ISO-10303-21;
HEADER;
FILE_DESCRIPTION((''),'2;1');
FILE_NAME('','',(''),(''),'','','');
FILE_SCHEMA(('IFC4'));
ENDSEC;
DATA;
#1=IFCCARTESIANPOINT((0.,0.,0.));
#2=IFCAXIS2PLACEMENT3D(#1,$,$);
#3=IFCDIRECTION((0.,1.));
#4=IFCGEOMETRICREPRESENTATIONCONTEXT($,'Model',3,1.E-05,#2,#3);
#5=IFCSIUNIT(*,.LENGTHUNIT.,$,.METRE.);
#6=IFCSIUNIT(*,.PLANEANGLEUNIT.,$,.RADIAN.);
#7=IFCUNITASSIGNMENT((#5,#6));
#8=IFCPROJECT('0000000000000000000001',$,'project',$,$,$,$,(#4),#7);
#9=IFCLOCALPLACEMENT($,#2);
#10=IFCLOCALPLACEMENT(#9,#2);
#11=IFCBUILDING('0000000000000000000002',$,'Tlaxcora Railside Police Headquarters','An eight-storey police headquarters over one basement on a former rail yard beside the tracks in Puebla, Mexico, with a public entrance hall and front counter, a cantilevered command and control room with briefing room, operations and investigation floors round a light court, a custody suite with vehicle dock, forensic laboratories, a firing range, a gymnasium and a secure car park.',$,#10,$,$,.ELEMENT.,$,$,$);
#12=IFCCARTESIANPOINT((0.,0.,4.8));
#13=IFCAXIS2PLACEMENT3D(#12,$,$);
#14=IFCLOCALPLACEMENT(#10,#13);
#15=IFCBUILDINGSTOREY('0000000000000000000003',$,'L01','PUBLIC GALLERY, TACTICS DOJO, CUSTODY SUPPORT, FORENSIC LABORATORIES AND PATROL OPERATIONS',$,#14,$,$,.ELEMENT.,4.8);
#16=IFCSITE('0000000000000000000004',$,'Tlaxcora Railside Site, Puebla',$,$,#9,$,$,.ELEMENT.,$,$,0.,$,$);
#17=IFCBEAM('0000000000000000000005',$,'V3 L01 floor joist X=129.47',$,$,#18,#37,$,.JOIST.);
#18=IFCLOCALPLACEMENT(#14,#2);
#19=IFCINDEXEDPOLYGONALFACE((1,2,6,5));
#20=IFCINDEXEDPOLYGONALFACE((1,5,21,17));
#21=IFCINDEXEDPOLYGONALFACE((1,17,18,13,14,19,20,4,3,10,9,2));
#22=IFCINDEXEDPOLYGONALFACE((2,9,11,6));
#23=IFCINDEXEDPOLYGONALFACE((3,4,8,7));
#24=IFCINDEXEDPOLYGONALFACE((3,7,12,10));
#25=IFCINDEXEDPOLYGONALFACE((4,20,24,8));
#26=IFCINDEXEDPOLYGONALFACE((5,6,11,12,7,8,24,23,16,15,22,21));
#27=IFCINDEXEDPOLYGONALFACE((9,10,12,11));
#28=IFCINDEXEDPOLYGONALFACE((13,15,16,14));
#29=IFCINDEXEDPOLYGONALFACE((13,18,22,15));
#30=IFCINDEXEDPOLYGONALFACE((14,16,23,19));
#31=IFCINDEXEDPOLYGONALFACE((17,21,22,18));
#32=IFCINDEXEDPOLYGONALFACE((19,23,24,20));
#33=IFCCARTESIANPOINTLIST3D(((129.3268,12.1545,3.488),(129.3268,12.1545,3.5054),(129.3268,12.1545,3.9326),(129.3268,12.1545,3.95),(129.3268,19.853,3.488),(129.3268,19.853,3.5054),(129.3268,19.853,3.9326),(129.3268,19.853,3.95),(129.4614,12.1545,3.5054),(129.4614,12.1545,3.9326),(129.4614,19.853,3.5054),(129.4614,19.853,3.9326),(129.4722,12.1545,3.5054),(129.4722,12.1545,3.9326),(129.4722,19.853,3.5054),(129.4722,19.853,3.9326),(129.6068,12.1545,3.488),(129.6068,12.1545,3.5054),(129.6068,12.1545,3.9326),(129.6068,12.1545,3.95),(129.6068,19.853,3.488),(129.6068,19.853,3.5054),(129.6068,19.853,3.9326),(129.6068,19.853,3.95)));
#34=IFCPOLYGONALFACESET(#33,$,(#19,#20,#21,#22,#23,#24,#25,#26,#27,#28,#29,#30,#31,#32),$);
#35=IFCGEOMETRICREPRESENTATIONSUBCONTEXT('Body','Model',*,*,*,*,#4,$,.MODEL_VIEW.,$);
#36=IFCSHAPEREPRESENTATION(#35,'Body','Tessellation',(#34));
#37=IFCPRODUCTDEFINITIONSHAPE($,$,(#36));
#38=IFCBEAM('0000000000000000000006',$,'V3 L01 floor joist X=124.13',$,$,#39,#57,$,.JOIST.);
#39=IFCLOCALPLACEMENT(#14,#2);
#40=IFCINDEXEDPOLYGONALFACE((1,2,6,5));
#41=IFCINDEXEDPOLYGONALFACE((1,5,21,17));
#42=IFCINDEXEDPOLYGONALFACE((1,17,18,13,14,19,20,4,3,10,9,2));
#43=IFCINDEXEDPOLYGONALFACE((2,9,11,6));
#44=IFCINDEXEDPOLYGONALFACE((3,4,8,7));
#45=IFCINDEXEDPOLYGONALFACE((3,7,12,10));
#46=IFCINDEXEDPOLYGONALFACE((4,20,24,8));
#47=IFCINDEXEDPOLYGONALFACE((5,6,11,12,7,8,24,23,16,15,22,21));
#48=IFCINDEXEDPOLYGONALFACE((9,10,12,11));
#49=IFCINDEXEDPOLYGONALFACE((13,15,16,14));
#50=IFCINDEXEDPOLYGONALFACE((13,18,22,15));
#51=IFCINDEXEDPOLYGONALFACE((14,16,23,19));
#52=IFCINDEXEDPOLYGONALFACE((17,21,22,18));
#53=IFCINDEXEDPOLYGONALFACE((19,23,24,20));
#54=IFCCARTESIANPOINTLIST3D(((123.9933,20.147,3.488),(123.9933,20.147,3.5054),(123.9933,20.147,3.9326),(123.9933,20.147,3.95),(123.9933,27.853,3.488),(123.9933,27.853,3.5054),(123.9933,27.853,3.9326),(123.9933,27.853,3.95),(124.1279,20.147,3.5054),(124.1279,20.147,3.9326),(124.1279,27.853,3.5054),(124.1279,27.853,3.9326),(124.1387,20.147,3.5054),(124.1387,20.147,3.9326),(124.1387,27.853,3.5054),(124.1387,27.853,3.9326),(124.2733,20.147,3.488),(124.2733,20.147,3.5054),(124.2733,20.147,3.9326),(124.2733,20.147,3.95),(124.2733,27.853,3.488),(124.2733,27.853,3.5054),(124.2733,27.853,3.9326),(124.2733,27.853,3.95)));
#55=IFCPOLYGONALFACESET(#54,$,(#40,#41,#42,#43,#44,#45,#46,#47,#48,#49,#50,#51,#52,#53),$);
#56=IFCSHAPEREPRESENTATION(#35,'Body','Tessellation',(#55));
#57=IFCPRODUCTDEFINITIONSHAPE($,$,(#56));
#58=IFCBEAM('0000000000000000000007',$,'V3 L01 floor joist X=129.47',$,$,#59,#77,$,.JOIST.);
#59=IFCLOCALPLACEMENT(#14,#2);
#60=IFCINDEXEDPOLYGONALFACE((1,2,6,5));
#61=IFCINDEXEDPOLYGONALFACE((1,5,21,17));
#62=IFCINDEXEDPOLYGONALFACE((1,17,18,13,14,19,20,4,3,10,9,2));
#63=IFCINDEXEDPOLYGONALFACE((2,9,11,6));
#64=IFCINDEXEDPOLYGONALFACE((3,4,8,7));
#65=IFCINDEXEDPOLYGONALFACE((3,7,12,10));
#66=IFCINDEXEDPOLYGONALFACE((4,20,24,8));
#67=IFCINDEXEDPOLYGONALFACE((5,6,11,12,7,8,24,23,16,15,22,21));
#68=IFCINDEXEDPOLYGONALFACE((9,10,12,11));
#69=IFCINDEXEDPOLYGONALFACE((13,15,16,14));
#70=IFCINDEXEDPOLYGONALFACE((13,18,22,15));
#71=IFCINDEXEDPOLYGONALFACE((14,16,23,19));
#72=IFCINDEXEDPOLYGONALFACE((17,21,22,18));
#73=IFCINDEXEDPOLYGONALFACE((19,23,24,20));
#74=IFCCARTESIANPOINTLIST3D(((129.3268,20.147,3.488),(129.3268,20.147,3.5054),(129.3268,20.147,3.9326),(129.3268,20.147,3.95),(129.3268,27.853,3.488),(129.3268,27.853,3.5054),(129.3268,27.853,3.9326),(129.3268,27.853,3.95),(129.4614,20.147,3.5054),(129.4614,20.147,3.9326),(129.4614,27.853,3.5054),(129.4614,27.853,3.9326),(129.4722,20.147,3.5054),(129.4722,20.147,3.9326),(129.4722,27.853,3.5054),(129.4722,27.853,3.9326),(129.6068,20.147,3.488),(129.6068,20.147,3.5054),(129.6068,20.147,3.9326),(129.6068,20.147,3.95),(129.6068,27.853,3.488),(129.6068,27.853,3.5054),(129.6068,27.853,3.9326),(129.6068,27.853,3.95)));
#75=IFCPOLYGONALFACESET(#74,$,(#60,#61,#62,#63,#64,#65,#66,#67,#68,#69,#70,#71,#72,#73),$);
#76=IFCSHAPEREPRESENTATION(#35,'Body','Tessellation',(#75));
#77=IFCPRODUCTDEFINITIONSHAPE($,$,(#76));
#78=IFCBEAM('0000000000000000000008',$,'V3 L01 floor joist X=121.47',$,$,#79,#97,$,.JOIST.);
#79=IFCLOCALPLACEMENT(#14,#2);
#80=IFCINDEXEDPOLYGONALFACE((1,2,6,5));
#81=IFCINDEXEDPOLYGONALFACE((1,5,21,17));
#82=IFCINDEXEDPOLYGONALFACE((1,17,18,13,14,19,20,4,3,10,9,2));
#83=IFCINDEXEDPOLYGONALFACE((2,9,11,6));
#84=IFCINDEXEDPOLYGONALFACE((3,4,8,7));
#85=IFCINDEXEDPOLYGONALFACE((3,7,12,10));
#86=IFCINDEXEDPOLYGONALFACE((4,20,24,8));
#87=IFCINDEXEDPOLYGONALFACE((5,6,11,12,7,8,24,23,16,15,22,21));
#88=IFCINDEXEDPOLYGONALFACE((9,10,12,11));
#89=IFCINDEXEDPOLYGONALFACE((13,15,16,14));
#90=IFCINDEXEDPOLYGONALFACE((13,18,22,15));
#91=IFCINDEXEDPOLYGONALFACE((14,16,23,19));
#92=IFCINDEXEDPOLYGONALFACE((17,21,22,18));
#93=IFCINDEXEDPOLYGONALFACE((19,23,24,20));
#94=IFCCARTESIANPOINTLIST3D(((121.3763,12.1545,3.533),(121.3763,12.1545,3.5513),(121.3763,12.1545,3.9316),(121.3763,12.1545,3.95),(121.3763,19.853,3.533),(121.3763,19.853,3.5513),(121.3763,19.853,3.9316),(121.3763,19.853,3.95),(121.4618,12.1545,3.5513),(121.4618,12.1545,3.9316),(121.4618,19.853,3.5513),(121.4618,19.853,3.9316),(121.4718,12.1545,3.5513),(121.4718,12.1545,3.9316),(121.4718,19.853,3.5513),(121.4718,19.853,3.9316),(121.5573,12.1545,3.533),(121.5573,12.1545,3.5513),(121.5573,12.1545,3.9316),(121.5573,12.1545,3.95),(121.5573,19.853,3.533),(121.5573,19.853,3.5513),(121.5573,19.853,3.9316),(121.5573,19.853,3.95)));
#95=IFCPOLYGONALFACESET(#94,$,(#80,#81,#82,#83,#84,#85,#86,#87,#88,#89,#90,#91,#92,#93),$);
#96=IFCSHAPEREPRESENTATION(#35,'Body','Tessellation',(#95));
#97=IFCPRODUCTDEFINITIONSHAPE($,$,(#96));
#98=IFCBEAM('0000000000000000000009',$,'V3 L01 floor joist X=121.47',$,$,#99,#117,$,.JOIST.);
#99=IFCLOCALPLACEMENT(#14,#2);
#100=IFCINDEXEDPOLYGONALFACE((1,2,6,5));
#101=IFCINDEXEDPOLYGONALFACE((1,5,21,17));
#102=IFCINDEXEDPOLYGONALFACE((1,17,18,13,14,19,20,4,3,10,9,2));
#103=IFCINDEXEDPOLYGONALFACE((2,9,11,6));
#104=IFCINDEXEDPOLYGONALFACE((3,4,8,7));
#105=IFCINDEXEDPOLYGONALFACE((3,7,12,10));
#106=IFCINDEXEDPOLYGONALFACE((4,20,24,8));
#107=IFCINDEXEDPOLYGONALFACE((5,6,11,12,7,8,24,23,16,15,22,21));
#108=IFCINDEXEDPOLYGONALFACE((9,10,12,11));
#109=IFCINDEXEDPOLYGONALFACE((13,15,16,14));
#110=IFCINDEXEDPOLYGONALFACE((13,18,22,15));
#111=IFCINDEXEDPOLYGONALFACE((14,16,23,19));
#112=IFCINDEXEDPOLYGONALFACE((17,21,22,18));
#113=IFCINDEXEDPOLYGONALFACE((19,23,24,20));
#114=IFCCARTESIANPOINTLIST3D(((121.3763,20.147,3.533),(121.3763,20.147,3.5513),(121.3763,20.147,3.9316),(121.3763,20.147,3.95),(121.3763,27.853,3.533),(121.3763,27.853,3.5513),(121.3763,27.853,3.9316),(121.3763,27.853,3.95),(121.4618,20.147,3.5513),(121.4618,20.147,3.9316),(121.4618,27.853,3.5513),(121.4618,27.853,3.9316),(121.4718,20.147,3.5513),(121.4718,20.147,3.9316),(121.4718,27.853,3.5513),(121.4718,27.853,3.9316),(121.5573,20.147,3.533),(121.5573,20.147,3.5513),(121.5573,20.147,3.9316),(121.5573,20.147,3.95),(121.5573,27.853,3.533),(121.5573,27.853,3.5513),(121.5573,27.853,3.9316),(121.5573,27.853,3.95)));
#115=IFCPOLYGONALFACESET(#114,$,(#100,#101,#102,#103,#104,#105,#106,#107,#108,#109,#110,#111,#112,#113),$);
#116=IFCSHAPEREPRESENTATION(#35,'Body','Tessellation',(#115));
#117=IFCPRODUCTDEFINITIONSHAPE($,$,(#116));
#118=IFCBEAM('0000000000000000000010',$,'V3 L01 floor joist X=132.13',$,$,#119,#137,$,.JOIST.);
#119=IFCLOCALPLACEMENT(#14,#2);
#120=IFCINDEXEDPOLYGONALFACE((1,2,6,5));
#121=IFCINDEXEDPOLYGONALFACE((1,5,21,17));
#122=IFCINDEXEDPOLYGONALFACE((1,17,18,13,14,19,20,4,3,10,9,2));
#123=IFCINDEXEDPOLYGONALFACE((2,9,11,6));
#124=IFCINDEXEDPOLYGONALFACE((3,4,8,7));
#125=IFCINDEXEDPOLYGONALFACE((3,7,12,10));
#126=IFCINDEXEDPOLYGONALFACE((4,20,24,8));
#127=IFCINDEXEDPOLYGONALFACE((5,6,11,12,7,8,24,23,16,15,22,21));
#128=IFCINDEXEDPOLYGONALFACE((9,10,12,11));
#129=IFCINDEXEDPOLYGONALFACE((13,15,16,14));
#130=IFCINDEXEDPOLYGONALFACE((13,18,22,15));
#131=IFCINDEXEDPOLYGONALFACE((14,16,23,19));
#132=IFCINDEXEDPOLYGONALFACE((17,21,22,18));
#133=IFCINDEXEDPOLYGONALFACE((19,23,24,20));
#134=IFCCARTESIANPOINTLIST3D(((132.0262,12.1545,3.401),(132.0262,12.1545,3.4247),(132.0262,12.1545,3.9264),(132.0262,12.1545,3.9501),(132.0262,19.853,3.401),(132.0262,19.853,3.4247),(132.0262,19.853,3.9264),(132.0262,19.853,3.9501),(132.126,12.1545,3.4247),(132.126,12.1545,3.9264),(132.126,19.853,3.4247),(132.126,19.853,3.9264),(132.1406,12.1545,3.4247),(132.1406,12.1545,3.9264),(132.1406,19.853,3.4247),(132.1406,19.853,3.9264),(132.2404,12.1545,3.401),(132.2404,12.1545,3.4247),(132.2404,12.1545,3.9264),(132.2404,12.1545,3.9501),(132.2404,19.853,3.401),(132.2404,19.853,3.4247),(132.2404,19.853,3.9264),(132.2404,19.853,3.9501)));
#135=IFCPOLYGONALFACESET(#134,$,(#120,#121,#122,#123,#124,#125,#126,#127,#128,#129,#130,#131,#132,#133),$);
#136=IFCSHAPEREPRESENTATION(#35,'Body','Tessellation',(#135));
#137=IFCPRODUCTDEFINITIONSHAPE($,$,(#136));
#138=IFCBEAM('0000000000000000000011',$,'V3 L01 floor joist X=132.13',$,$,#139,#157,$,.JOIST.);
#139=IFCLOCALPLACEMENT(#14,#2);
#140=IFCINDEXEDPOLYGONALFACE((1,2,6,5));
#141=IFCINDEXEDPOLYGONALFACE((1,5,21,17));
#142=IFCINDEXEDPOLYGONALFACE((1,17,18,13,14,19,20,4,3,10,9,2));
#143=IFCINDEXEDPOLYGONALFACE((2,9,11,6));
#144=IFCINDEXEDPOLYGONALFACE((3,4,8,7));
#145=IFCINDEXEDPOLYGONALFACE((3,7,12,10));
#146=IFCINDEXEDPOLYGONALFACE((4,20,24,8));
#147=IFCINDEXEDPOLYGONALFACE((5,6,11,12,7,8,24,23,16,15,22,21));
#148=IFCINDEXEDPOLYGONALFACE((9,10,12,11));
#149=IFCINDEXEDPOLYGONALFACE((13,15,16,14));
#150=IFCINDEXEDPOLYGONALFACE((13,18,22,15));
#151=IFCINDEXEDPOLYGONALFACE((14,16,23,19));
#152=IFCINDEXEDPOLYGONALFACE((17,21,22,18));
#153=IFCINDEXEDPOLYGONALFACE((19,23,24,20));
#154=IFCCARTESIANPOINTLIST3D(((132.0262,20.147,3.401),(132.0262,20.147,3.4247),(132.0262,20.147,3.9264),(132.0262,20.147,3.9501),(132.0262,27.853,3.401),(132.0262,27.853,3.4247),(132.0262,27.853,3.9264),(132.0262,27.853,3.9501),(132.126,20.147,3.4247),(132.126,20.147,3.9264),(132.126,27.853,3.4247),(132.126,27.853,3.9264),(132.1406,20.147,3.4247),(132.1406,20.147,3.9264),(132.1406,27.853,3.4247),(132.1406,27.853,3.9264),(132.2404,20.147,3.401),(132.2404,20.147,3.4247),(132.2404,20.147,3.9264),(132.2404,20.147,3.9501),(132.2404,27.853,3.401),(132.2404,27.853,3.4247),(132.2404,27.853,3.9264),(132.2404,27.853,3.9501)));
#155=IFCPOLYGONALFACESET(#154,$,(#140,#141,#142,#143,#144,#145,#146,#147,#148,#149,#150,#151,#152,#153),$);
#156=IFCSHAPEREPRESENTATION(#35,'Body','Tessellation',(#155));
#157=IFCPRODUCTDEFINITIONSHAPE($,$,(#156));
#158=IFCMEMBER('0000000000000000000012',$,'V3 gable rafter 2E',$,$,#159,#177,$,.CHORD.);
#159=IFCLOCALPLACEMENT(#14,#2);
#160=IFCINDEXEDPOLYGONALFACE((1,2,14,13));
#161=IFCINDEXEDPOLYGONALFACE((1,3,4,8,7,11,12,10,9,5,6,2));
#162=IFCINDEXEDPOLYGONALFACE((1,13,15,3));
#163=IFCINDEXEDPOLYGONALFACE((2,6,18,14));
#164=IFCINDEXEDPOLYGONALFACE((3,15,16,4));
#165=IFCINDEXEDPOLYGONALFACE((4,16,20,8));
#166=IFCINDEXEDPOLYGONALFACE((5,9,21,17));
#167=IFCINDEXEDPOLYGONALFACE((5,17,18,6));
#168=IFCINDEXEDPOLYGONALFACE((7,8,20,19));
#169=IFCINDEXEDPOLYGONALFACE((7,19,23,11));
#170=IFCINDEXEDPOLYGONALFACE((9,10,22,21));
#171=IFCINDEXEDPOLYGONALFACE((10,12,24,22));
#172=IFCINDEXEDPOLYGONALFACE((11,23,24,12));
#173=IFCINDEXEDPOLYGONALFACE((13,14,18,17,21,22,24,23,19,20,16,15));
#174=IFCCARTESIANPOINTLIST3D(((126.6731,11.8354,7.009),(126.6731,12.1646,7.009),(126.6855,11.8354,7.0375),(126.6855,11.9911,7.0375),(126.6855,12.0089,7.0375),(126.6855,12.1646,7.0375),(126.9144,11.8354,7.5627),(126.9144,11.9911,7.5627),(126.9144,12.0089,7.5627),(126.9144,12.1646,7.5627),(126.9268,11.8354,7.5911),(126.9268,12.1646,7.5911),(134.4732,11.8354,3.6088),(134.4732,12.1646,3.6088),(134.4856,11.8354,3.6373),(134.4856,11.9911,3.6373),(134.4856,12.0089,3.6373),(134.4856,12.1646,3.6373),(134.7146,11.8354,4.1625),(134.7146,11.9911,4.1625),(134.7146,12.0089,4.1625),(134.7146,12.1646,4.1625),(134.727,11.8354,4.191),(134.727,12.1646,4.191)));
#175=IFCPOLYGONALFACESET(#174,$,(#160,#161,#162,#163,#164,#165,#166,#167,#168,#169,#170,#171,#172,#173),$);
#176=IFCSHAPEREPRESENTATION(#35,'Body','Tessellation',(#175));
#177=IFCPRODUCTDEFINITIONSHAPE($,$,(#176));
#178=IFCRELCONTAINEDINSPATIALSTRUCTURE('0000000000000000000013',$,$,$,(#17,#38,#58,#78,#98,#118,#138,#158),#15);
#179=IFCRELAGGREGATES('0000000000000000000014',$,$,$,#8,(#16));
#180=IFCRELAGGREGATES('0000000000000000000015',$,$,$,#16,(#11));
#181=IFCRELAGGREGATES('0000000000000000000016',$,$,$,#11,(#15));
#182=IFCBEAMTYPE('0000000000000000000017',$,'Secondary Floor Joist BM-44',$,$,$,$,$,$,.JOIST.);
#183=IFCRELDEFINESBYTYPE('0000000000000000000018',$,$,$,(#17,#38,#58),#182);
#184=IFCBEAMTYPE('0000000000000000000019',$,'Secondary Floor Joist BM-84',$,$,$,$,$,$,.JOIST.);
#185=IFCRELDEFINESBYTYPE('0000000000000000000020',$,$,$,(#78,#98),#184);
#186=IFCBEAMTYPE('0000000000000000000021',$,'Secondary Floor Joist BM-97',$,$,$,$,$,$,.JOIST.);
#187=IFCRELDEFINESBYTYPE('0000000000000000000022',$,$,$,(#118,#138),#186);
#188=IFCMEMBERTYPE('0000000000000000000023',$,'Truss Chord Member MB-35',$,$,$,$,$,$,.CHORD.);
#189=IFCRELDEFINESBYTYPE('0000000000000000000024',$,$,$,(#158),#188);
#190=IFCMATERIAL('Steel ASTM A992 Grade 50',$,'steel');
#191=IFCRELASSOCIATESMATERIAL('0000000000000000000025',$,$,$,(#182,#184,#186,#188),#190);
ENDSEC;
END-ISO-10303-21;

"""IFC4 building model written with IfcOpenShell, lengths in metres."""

from ifc_helpers import new_model, si_unit, direction, frame, origin, origin_2d, place, context, subcontext, project, spatial, i_section, extrude, material, material_profile, profile_set, type_object, element, save


model = new_model("IFC4")

# Units and contexts
model_context = context("Model", 3, precision=1e-05, world=origin(), true_north=direction((0.0, 1.0)))
body_context = subcontext(model_context, "Body", "Model", "MODEL_VIEW")
ifc_project = project(units=[si_unit("LENGTHUNIT", "METRE"), si_unit("PLANEANGLEUNIT", "RADIAN")], contexts=[model_context])

# Site, building, storey
site_placement = place(None, origin())
site = spatial("IfcSite", under=ifc_project, at=site_placement, Name="Tlaxcora Railside Site, Puebla", CompositionType="ELEMENT", RefElevation=0.0)
building_placement = place(site_placement, origin())
building = spatial("IfcBuilding", under=site, at=building_placement, Name="Tlaxcora Railside Police Headquarters", Description="An eight-storey police headquarters over one basement on a former rail yard beside the tracks in Puebla, Mexico, with a public entrance hall and front counter, a cantilevered command and control room with briefing room, operations and investigation floors round a light court, a custody suite with vehicle dock, forensic laboratories, a firing range, a gymnasium and a secure car park.", CompositionType="ELEMENT")
storey_placement = place(building_placement, frame((0.0, 0.0, 4.8)))
storey = spatial("IfcBuildingStorey", under=building, at=storey_placement, Name="L01", Description="PUBLIC GALLERY, TACTICS DOJO, CUSTODY SUPPORT, FORENSIC LABORATORIES AND PATROL OPERATIONS", CompositionType="ELEMENT", Elevation=4.8)

# Shared definitions
ifc_material_1 = material(Name="Steel ASTM A992 Grade 50", Category="steel")

# Beams
ifc_material_profile_1 = material_profile(ifc_material_1, i_section(OverallWidth=0.28, OverallDepth=0.4619, WebThickness=0.0107, FlangeThickness=0.0173, at=origin_2d()), Name="W18X76")
ifc_profile_set_1 = profile_set([ifc_material_profile_1], Name="Steel ASTM A992 Grade 50")
beam_type_1 = type_object("IfcBeamType", Name="Secondary Floor Joist BM-44", PredefinedType="JOIST", material=ifc_profile_set_1)
for number, where, z_axis, x_axis, name in (
    (1, (129.4668, 12.1545, 3.719), (0.0, 1.0, 0.0), (-1.0, 0.0, 0.0), "V3 L01 floor joist X=129.47"),
):
    element("IfcBeam", number, at=place(storey_placement, frame(where, z_axis=z_axis, x_axis=x_axis)), inside=storey, type_object=beam_type_1, Name=name, PredefinedType="JOIST", context=body_context, shape_type="SweptSolid", body=[
        extrude(i_section(OverallWidth=0.28, OverallDepth=0.4619, WebThickness=0.0107, FlangeThickness=0.0173, at=origin_2d()), origin(), (0.0, 0.0, 1.0), 7.6985),
    ])
for number, where, z_axis, x_axis, name in (
    (2, (124.1333, 20.147, 3.719), (0.0, 1.0, 0.0), (-1.0, 0.0, 0.0), "V3 L01 floor joist X=124.13"),
    (3, (129.4668, 20.147, 3.719), (0.0, 1.0, 0.0), (-1.0, 0.0, 0.0), "V3 L01 floor joist X=129.47"),
):
    element("IfcBeam", number, at=place(storey_placement, frame(where, z_axis=z_axis, x_axis=x_axis)), inside=storey, type_object=beam_type_1, Name=name, PredefinedType="JOIST", context=body_context, shape_type="SweptSolid", body=[
        extrude(i_section(OverallWidth=0.28, OverallDepth=0.4619, WebThickness=0.0107, FlangeThickness=0.0173, at=origin_2d()), origin(), (0.0, 0.0, 1.0), 7.7061),
    ])
ifc_material_profile_2 = material_profile(ifc_material_1, i_section(OverallWidth=0.1809, OverallDepth=0.417, WebThickness=0.01, FlangeThickness=0.0183, at=origin_2d()), Name="W16X57")
ifc_profile_set_2 = profile_set([ifc_material_profile_2], Name="Steel ASTM A992 Grade 50")
beam_type_2 = type_object("IfcBeamType", Name="Secondary Floor Joist BM-84", PredefinedType="JOIST", material=ifc_profile_set_2)
beam_1_placement = place(storey_placement, frame((121.4668, 12.1545, 3.7415), z_axis=(0.0, 1.0, 0.0), x_axis=(-1.0, 0.0, 0.0)))
element("IfcBeam", 4, at=beam_1_placement, inside=storey, type_object=beam_type_2, Name="V3 L01 floor joist X=121.47", PredefinedType="JOIST", context=body_context, shape_type="SweptSolid", body=[
    extrude(i_section(OverallWidth=0.1809, OverallDepth=0.417, WebThickness=0.01, FlangeThickness=0.0183, at=origin_2d()), origin(), (0.0, 0.0, 1.0), 7.6985),
])
beam_2_placement = place(storey_placement, frame((121.4668, 20.147, 3.7415), z_axis=(0.0, 1.0, 0.0), x_axis=(-1.0, 0.0, 0.0)))
element("IfcBeam", 5, at=beam_2_placement, inside=storey, type_object=beam_type_2, Name="V3 L01 floor joist X=121.47", PredefinedType="JOIST", context=body_context, shape_type="SweptSolid", body=[
    extrude(i_section(OverallWidth=0.1809, OverallDepth=0.417, WebThickness=0.01, FlangeThickness=0.0183, at=origin_2d()), origin(), (0.0, 0.0, 1.0), 7.7061),
])
ifc_material_profile_3 = material_profile(ifc_material_1, i_section(OverallWidth=0.2141, OverallDepth=0.5491, WebThickness=0.0146, FlangeThickness=0.0237, at=origin_2d()), Name="W21X93")
ifc_profile_set_3 = profile_set([ifc_material_profile_3], Name="Steel ASTM A992 Grade 50")
beam_type_3 = type_object("IfcBeamType", Name="Secondary Floor Joist BM-97", PredefinedType="JOIST", material=ifc_profile_set_3)
beam_3_placement = place(storey_placement, frame((132.1333, 12.1545, 3.6755), z_axis=(0.0, 1.0, 0.0), x_axis=(-1.0, 0.0, 0.0)))
element("IfcBeam", 6, at=beam_3_placement, inside=storey, type_object=beam_type_3, Name="V3 L01 floor joist X=132.13", PredefinedType="JOIST", context=body_context, shape_type="SweptSolid", body=[
    extrude(i_section(OverallWidth=0.2141, OverallDepth=0.5491, WebThickness=0.0146, FlangeThickness=0.0237, at=origin_2d()), origin(), (0.0, 0.0, 1.0), 7.6985),
])
beam_4_placement = place(storey_placement, frame((132.1333, 20.147, 3.6755), z_axis=(0.0, 1.0, 0.0), x_axis=(-1.0, 0.0, 0.0)))
element("IfcBeam", 7, at=beam_4_placement, inside=storey, type_object=beam_type_3, Name="V3 L01 floor joist X=132.13", PredefinedType="JOIST", context=body_context, shape_type="SweptSolid", body=[
    extrude(i_section(OverallWidth=0.2141, OverallDepth=0.5491, WebThickness=0.0146, FlangeThickness=0.0237, at=origin_2d()), origin(), (0.0, 0.0, 1.0), 7.7061),
])

# Member
ifc_material_profile_4 = material_profile(ifc_material_1, i_section(OverallWidth=0.3291, OverallDepth=0.635, WebThickness=0.0178, FlangeThickness=0.031, at=origin_2d()), Name="W24X162")
ifc_profile_set_4 = profile_set([ifc_material_profile_4], Name="Steel ASTM A992 Grade 50")
member_type_1 = type_object("IfcMemberType", Name="Truss Chord Member MB-35", PredefinedType="CHORD", material=ifc_profile_set_4)
member_1_placement = place(storey_placement, frame((134.6001, 12.0, 3.8999), z_axis=(-0.916691, 0.0, 0.399598), x_axis=(0.0, -1.0, 0.0)))
element("IfcMember", 8, at=member_1_placement, inside=storey, type_object=member_type_1, Name="V3 gable rafter 2E", PredefinedType="CHORD", context=body_context, shape_type="SweptSolid", body=[
    extrude(i_section(OverallWidth=0.3291, OverallDepth=0.635, WebThickness=0.0178, FlangeThickness=0.031, at=origin_2d()), origin(), (0.0, 0.0, 1.0), 8.509),
])

save(model, "model.ifc")
